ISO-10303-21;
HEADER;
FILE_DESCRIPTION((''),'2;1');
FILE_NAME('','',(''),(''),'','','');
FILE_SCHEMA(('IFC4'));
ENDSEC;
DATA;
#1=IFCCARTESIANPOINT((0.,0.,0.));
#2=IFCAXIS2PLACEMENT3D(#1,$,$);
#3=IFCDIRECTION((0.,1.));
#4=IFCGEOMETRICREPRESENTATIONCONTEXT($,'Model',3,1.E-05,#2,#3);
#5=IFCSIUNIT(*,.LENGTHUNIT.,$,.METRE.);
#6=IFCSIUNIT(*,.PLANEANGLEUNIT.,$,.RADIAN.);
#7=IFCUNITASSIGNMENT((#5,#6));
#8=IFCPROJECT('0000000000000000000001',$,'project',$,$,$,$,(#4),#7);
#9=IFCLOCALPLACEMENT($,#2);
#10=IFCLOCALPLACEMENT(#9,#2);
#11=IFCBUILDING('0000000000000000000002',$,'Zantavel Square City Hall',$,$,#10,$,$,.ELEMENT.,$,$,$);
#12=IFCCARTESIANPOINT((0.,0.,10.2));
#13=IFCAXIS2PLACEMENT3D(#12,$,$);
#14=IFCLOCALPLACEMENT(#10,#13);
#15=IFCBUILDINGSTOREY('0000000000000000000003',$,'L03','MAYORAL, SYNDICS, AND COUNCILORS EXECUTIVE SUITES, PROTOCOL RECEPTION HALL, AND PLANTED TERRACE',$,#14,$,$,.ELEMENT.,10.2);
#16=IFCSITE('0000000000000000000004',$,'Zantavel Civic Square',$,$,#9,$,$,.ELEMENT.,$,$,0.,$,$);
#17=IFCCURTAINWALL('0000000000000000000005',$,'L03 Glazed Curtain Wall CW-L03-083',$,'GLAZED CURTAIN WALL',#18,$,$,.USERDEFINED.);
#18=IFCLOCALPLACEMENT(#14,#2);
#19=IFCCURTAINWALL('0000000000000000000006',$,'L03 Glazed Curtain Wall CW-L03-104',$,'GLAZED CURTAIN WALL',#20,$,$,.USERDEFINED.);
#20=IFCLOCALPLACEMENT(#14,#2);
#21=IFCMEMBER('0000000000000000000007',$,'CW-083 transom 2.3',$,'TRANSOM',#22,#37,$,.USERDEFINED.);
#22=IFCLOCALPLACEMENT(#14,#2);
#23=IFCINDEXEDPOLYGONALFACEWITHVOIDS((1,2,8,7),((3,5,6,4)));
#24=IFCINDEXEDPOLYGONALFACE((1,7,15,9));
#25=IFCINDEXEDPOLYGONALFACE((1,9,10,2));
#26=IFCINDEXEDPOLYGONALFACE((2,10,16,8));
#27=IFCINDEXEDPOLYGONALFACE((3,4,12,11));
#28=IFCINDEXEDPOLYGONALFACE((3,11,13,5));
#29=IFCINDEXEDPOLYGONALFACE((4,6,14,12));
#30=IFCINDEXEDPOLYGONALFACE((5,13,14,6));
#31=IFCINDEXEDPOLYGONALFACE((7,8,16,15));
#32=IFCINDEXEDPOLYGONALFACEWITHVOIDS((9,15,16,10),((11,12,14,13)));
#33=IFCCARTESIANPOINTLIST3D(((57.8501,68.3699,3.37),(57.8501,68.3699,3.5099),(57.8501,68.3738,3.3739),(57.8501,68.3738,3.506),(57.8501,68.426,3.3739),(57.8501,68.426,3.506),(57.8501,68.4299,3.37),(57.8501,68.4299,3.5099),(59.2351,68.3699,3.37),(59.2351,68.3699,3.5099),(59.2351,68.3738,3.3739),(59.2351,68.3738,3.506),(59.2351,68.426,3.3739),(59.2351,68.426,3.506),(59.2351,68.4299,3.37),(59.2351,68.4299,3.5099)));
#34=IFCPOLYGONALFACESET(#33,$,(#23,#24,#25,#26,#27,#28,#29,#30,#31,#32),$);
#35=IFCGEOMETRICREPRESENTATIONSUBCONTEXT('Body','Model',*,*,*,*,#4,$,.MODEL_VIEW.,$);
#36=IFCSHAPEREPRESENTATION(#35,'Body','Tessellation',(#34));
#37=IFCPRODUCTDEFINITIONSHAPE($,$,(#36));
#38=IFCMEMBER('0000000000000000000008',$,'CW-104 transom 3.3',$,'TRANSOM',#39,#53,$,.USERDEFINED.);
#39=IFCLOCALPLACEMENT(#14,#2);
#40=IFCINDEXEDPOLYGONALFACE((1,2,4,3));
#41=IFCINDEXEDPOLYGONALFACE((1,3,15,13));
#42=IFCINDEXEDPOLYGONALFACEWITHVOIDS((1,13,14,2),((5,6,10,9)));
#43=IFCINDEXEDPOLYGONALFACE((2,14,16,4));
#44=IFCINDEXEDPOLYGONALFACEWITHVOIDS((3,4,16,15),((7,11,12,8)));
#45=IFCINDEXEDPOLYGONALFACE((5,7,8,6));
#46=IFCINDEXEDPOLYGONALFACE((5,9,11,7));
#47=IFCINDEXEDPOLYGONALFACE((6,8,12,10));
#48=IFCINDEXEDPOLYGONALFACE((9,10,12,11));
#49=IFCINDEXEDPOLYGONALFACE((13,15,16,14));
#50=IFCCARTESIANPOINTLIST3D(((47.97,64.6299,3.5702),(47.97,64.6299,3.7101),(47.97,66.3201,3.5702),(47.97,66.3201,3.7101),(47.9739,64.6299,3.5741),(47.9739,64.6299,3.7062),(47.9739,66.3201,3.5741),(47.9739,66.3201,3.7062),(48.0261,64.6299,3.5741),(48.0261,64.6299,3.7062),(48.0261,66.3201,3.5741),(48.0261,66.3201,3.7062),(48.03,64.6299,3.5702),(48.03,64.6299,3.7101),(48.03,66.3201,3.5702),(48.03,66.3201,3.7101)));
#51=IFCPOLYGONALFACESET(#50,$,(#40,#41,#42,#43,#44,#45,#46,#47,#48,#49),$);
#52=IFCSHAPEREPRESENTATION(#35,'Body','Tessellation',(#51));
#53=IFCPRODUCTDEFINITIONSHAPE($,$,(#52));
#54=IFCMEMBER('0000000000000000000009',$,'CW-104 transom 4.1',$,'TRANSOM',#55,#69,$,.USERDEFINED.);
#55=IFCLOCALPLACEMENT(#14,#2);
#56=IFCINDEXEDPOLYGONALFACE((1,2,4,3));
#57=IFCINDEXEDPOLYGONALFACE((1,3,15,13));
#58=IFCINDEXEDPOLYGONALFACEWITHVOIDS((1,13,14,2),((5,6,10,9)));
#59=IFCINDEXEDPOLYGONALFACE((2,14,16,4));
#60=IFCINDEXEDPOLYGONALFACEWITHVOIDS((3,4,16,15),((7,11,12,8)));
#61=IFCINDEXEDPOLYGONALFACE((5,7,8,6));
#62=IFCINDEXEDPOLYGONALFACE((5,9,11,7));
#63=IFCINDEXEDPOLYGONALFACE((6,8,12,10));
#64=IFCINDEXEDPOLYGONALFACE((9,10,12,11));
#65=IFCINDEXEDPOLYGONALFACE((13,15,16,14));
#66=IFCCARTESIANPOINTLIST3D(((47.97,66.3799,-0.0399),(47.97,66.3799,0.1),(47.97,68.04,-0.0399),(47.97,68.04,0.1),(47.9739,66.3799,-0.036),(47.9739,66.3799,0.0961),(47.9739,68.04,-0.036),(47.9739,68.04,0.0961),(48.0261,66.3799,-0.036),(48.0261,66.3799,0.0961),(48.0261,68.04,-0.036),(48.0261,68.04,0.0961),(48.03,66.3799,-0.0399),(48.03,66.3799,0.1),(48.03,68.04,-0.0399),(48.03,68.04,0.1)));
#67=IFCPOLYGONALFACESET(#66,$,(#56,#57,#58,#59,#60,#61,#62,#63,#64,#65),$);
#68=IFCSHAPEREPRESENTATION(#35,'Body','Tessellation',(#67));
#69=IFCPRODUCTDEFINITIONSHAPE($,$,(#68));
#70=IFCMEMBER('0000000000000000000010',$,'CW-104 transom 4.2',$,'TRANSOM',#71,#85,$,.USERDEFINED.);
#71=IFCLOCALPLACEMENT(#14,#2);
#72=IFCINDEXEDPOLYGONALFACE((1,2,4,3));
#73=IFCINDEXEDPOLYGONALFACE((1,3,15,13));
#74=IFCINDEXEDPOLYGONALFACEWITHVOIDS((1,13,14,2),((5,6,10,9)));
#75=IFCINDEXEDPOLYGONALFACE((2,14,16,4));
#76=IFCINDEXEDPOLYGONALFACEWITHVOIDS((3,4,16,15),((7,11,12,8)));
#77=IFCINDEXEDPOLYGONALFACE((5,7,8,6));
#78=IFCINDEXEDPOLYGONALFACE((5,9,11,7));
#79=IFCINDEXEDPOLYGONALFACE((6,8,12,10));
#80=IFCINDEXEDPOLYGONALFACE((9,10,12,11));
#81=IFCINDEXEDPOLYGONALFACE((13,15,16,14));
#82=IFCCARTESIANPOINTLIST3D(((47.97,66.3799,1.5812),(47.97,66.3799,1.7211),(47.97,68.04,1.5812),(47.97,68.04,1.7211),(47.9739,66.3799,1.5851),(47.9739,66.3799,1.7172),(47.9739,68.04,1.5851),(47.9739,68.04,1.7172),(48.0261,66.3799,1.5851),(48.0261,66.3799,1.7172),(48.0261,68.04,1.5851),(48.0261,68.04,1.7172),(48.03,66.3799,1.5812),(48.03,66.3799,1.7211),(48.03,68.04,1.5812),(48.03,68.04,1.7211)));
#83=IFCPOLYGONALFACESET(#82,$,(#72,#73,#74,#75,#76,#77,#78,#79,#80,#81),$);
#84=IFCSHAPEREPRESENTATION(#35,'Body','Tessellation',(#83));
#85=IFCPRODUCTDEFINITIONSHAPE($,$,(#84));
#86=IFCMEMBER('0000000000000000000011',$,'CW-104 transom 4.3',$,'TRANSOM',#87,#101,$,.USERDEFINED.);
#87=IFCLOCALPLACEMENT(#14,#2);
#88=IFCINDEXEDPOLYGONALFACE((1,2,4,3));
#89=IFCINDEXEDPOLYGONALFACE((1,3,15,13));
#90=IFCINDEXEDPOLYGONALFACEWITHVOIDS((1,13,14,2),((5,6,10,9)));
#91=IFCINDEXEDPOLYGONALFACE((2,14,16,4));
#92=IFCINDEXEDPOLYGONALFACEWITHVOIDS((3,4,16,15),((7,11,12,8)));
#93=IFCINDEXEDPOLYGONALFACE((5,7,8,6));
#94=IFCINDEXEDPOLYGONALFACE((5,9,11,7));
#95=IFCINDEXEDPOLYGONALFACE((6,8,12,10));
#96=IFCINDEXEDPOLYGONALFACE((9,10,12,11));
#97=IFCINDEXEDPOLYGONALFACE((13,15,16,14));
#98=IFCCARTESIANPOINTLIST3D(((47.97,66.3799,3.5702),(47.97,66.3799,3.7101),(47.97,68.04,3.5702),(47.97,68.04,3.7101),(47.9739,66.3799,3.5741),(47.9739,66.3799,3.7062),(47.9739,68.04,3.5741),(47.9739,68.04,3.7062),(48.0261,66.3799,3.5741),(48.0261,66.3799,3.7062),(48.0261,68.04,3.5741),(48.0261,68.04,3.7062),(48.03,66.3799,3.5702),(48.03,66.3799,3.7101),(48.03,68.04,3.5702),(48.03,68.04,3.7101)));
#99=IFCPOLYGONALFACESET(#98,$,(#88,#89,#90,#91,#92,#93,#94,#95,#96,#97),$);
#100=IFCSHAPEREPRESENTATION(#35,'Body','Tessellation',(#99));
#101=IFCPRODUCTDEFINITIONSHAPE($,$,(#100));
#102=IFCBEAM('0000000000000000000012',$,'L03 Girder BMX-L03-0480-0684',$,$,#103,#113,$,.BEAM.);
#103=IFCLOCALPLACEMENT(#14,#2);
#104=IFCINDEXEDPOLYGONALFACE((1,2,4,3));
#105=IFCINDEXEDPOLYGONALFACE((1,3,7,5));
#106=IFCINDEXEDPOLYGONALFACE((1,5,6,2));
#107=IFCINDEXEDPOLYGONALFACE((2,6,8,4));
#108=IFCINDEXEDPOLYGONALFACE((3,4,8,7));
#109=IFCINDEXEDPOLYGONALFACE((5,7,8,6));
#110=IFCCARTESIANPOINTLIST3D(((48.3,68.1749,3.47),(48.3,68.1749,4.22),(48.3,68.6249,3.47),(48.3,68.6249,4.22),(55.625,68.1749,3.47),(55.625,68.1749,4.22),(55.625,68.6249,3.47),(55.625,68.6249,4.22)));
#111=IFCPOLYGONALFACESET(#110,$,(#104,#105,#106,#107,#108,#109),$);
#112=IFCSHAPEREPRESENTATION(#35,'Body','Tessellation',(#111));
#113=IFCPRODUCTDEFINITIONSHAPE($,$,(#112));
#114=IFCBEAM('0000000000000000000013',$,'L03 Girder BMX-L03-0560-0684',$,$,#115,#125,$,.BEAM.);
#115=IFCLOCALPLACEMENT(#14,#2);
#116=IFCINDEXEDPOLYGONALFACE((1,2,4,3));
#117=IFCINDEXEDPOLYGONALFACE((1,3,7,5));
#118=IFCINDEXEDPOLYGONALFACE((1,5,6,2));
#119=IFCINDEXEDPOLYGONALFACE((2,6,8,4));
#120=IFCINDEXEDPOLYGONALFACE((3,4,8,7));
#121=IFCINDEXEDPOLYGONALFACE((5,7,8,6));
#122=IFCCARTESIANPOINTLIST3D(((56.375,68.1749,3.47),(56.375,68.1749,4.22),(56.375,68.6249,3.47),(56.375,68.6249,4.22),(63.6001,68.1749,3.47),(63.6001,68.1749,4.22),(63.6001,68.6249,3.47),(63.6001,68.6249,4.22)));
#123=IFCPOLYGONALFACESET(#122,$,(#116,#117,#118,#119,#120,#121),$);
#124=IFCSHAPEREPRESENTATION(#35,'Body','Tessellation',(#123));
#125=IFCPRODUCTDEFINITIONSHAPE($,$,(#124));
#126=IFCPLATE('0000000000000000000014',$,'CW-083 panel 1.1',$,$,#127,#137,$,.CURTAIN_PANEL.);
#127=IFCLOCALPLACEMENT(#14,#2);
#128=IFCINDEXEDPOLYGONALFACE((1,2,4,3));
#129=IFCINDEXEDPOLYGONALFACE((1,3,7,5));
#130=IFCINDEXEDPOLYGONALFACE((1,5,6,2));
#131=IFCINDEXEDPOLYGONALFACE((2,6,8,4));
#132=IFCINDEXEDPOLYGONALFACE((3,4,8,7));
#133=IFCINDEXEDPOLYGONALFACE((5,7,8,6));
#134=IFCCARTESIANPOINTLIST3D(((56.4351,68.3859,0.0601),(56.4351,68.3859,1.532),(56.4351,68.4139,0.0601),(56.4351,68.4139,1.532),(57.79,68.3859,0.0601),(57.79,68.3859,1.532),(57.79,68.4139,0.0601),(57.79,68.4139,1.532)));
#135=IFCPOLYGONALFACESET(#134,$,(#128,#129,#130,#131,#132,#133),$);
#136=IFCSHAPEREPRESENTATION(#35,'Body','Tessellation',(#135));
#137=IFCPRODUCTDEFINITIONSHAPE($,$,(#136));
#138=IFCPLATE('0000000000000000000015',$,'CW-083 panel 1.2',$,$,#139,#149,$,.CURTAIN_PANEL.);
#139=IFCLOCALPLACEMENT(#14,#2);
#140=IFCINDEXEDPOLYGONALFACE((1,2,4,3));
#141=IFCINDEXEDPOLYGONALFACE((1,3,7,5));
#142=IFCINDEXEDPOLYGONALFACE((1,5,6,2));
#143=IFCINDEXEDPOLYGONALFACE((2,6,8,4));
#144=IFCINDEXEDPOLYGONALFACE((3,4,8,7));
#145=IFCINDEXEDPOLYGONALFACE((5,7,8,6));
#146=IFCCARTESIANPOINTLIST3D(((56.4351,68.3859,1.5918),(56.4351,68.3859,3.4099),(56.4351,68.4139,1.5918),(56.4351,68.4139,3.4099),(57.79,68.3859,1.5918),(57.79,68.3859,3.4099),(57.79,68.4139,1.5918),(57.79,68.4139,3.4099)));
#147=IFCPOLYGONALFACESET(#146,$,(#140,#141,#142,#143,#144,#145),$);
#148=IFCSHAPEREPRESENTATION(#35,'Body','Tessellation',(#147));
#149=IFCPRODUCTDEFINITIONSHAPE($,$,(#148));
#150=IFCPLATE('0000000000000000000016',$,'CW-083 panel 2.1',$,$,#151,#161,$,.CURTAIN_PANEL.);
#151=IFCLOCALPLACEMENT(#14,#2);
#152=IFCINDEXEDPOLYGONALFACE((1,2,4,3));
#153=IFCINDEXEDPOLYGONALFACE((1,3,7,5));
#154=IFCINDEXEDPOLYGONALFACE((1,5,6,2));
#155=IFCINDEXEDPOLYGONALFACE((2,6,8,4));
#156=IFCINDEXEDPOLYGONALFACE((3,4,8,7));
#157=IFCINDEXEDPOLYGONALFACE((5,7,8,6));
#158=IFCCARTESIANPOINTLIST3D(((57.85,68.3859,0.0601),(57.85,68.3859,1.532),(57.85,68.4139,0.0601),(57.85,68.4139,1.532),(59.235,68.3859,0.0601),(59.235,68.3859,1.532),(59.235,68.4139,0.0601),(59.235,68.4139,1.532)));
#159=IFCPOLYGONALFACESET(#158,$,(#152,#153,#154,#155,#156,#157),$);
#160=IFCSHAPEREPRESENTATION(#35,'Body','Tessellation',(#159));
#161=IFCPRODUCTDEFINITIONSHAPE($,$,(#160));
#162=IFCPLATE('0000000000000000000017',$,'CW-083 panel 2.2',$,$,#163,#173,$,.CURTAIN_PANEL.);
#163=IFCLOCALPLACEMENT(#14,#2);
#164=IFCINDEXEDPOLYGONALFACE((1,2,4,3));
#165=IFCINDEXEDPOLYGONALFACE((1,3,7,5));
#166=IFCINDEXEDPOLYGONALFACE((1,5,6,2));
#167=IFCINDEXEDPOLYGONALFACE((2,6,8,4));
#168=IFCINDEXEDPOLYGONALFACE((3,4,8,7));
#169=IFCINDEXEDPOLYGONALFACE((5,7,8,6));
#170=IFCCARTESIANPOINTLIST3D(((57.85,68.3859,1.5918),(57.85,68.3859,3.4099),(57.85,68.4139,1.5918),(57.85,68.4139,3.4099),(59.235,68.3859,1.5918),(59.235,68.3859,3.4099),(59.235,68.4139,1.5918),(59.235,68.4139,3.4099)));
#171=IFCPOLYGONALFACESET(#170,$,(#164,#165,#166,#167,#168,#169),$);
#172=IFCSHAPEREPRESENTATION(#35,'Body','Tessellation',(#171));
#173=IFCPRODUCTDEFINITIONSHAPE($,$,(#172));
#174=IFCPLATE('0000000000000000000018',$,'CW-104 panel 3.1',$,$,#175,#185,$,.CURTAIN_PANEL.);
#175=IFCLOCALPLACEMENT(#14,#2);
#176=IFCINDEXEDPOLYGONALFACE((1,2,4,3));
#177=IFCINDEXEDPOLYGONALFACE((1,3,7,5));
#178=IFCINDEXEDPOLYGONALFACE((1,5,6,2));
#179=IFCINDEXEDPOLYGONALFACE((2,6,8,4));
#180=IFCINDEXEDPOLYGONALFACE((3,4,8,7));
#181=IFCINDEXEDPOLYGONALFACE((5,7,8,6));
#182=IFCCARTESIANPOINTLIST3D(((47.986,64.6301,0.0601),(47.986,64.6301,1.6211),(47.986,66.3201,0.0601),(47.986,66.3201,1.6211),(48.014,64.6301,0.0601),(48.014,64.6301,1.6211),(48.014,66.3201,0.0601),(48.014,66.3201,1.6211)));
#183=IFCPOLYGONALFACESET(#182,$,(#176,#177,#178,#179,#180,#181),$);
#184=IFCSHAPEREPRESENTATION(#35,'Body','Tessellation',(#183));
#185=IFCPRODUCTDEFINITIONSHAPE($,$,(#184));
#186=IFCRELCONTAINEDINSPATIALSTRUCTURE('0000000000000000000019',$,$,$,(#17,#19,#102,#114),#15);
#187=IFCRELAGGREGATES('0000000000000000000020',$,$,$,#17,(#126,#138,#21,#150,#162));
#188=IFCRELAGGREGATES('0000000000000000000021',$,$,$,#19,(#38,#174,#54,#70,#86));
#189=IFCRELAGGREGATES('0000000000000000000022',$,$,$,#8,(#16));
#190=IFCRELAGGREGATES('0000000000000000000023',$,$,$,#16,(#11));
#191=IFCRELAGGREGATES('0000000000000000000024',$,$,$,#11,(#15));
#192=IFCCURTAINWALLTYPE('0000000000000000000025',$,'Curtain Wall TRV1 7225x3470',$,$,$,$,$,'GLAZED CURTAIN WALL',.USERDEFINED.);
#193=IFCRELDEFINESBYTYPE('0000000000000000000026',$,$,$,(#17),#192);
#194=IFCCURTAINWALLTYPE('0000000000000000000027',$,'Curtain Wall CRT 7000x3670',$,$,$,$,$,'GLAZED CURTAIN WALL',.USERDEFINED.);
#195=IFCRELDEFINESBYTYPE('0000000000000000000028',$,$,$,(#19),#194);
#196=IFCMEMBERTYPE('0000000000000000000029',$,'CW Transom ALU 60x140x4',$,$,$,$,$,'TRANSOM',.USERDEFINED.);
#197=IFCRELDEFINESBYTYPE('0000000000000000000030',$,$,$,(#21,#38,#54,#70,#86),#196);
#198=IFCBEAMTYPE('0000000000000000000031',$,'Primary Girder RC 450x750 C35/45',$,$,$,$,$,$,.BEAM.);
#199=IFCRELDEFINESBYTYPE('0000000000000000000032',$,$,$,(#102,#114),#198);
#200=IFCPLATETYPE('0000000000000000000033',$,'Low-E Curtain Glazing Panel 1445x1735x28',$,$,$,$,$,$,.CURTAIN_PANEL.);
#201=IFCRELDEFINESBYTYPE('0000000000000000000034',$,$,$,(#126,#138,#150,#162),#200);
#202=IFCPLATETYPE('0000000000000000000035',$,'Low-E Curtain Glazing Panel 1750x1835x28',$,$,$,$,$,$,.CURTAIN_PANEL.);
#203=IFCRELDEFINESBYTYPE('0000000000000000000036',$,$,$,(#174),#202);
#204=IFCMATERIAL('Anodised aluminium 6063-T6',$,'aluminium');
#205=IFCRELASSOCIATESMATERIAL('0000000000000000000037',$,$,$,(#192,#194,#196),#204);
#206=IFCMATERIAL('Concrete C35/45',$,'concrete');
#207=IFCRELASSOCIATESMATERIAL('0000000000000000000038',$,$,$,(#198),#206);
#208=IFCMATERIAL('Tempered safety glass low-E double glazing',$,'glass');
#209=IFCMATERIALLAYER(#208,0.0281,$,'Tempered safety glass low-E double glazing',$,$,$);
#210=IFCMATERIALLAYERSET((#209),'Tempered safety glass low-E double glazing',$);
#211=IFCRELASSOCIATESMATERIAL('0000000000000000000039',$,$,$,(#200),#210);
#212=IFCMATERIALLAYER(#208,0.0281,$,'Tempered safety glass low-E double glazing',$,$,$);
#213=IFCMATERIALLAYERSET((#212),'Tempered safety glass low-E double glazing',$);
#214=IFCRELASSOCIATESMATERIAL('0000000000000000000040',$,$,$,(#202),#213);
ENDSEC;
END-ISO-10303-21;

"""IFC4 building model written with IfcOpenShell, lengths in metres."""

from ifc_helpers import new_model, si_unit, direction, frame, origin, origin_2d, place, context, subcontext, project, spatial, rectangle, hollow_rectangle, extrude, material, layer, layer_set, material_profile, profile_set, type_object, element, aggregate, save


model = new_model("IFC4")

# Units and contexts
model_context = context("Model", 3, precision=1e-05, world=origin(), true_north=direction((0.0, 1.0)))
body_context = subcontext(model_context, "Body", "Model", "MODEL_VIEW")
ifc_project = project(units=[si_unit("LENGTHUNIT", "METRE"), si_unit("PLANEANGLEUNIT", "RADIAN")], contexts=[model_context])

# Site, building, storey
site_placement = place(None, origin())
site = spatial("IfcSite", under=ifc_project, at=site_placement, Name="Zantavel Civic Square", CompositionType="ELEMENT", RefElevation=0.0)
building_placement = place(site_placement, origin())
building = spatial("IfcBuilding", under=site, at=building_placement, Name="Zantavel Square City Hall", CompositionType="ELEMENT")
storey_placement = place(building_placement, frame((0.0, 0.0, 10.2)))
storey = spatial("IfcBuildingStorey", under=building, at=storey_placement, Name="L03", Description="MAYORAL, SYNDICS, AND COUNCILORS EXECUTIVE SUITES, PROTOCOL RECEPTION HALL, AND PLANTED TERRACE", CompositionType="ELEMENT", Elevation=10.2)

# Curtain walls
ifc_material_1 = material(Name="Anodised aluminium 6063-T6", Category="aluminium")
curtain_wall_type_1 = type_object("IfcCurtainWallType", Name="Curtain Wall TRV1 7225x3470", ElementType="GLAZED CURTAIN WALL", PredefinedType="USERDEFINED", material=ifc_material_1)
curtain_wall_1_placement = place(storey_placement, origin())
curtain_wall_1 = element("IfcCurtainWall", 1, at=curtain_wall_1_placement, inside=storey, type_object=curtain_wall_type_1, Name="L03 Glazed Curtain Wall CW-L03-083", ObjectType="GLAZED CURTAIN WALL", PredefinedType="USERDEFINED")
curtain_wall_type_2 = type_object("IfcCurtainWallType", Name="Curtain Wall CRT 7000x3670", ElementType="GLAZED CURTAIN WALL", PredefinedType="USERDEFINED", material=ifc_material_1)
curtain_wall_2_placement = place(storey_placement, origin())
curtain_wall_2 = element("IfcCurtainWall", 2, at=curtain_wall_2_placement, inside=storey, type_object=curtain_wall_type_2, Name="L03 Glazed Curtain Wall CW-L03-104", ObjectType="GLAZED CURTAIN WALL", PredefinedType="USERDEFINED")

# Members
ifc_material_profile_1 = material_profile(ifc_material_1, hollow_rectangle(XDim=0.0601, YDim=0.1399, WallThickness=0.0039, at=origin_2d()), Name="ALU 60x140x4")
ifc_profile_set_1 = profile_set([ifc_material_profile_1], Name="Anodised aluminium 6063-T6")
member_type_1 = type_object("IfcMemberType", Name="CW Transom ALU 60x140x4", ElementType="TRANSOM", PredefinedType="USERDEFINED", material=ifc_profile_set_1)
member_1_placement = place(storey_placement, frame((57.8501, 68.3999, 3.4399), z_axis=(1.0, 0.0, 0.0), x_axis=(0.0, 1.0, 0.0)))
member_1 = element("IfcMember", 3, at=member_1_placement, type_object=member_type_1, Name="CW-083 transom 2.3", ObjectType="TRANSOM", PredefinedType="USERDEFINED", context=body_context, shape_type="SweptSolid", body=[
    extrude(hollow_rectangle(XDim=0.0601, YDim=0.1399, WallThickness=0.0039, at=origin_2d()), origin(), (0.0, 0.0, 1.0), 1.385),
])
member_2_placement = place(storey_placement, frame((48.0, 64.6299, 3.6401), z_axis=(0.0, 1.0, 0.0), x_axis=(-1.0, 0.0, 0.0)))
member_2 = element("IfcMember", 4, at=member_2_placement, type_object=member_type_1, Name="CW-104 transom 3.3", ObjectType="TRANSOM", PredefinedType="USERDEFINED", context=body_context, shape_type="SweptSolid", body=[
    extrude(hollow_rectangle(XDim=0.0601, YDim=0.1399, WallThickness=0.0039, at=origin_2d()), origin(), (0.0, 0.0, 1.0), 1.6902),
])
member_3_placement = place(storey_placement, frame((48.0, 66.3799, 0.03), z_axis=(0.0, 1.0, 0.0), x_axis=(-1.0, 0.0, 0.0)))
member_3 = element("IfcMember", 5, at=member_3_placement, type_object=member_type_1, Name="CW-104 transom 4.1", ObjectType="TRANSOM", PredefinedType="USERDEFINED", context=body_context, shape_type="SweptSolid", body=[
    extrude(hollow_rectangle(XDim=0.0601, YDim=0.1399, WallThickness=0.0039, at=origin_2d()), origin(), (0.0, 0.0, 1.0), 1.6602),
])
member_4_placement = place(storey_placement, frame((48.0, 66.3799, 1.6511), z_axis=(0.0, 1.0, 0.0), x_axis=(-1.0, 0.0, 0.0)))
member_4 = element("IfcMember", 6, at=member_4_placement, type_object=member_type_1, Name="CW-104 transom 4.2", ObjectType="TRANSOM", PredefinedType="USERDEFINED", context=body_context, shape_type="SweptSolid", body=[
    extrude(hollow_rectangle(XDim=0.0601, YDim=0.1399, WallThickness=0.0039, at=origin_2d()), origin(), (0.0, 0.0, 1.0), 1.6602),
])
member_5_placement = place(storey_placement, frame((48.0, 66.3799, 3.6401), z_axis=(0.0, 1.0, 0.0), x_axis=(-1.0, 0.0, 0.0)))
member_5 = element("IfcMember", 7, at=member_5_placement, type_object=member_type_1, Name="CW-104 transom 4.3", ObjectType="TRANSOM", PredefinedType="USERDEFINED", context=body_context, shape_type="SweptSolid", body=[
    extrude(hollow_rectangle(XDim=0.0601, YDim=0.1399, WallThickness=0.0039, at=origin_2d()), origin(), (0.0, 0.0, 1.0), 1.6602),
])

# Beams
ifc_material_2 = material(Name="Concrete C35/45", Category="concrete")
ifc_material_profile_2 = material_profile(ifc_material_2, rectangle(XDim=0.45, YDim=0.75, at=origin_2d()), Name="RC 450x750")
ifc_profile_set_2 = profile_set([ifc_material_profile_2], Name="Concrete C35/45")
beam_type = type_object("IfcBeamType", Name="Primary Girder RC 450x750 C35/45", PredefinedType="BEAM", material=ifc_profile_set_2)
beam_1_placement = place(storey_placement, frame((48.3, 68.3999, 3.845), z_axis=(1.0, 0.0, 0.0), x_axis=(0.0, 1.0, 0.0)))
element("IfcBeam", 8, at=beam_1_placement, inside=storey, type_object=beam_type, Name="L03 Girder BMX-L03-0480-0684", PredefinedType="BEAM", context=body_context, shape_type="SweptSolid", body=[
    extrude(rectangle(XDim=0.45, YDim=0.75, at=origin_2d()), origin(), (0.0, 0.0, 1.0), 7.325),
])
beam_2_placement = place(storey_placement, frame((56.375, 68.3999, 3.845), z_axis=(1.0, 0.0, 0.0), x_axis=(0.0, 1.0, 0.0)))
element("IfcBeam", 9, at=beam_2_placement, inside=storey, type_object=beam_type, Name="L03 Girder BMX-L03-0560-0684", PredefinedType="BEAM", context=body_context, shape_type="SweptSolid", body=[
    extrude(rectangle(XDim=0.45, YDim=0.75, at=origin_2d()), origin(), (0.0, 0.0, 1.0), 7.2251),
])

# Plates
ifc_material_3 = material(Name="Tempered safety glass low-E double glazing", Category="glass")
ifc_layer_1 = layer(ifc_material_3, 0.0281, Name="Tempered safety glass low-E double glazing")
ifc_layer_set_1 = layer_set([ifc_layer_1], Name="Tempered safety glass low-E double glazing")
plate_type_1 = type_object("IfcPlateType", Name="Low-E Curtain Glazing Panel 1445x1735x28", PredefinedType="CURTAIN_PANEL", material=ifc_layer_set_1)
plate_1_placement = place(storey_placement, frame((57.1125, 68.3999, 0.0601), z_axis=(0.0, 0.0, 1.0), x_axis=(1.0, 0.0, 0.0)))
plate_1 = element("IfcPlate", 10, at=plate_1_placement, type_object=plate_type_1, Name="CW-083 panel 1.1", PredefinedType="CURTAIN_PANEL", context=body_context, shape_type="SweptSolid", body=[
    extrude(rectangle(XDim=1.355, YDim=0.0281, at=origin_2d()), origin(), (0.0, 0.0, 1.0), 1.4719),
])
plate_2_placement = place(storey_placement, frame((57.1125, 68.3999, 1.5918), z_axis=(0.0, 0.0, 1.0), x_axis=(1.0, 0.0, 0.0)))
plate_2 = element("IfcPlate", 11, at=plate_2_placement, type_object=plate_type_1, Name="CW-083 panel 1.2", PredefinedType="CURTAIN_PANEL", context=body_context, shape_type="SweptSolid", body=[
    extrude(rectangle(XDim=1.355, YDim=0.0281, at=origin_2d()), origin(), (0.0, 0.0, 1.0), 1.8181),
])
plate_3_placement = place(storey_placement, frame((58.5425, 68.3999, 0.0601), z_axis=(0.0, 0.0, 1.0), x_axis=(1.0, 0.0, 0.0)))
plate_3 = element("IfcPlate", 12, at=plate_3_placement, type_object=plate_type_1, Name="CW-083 panel 2.1", PredefinedType="CURTAIN_PANEL", context=body_context, shape_type="SweptSolid", body=[
    extrude(rectangle(XDim=1.385, YDim=0.0281, at=origin_2d()), origin(), (0.0, 0.0, 1.0), 1.4719),
])
plate_4_placement = place(storey_placement, frame((58.5425, 68.3999, 1.5918), z_axis=(0.0, 0.0, 1.0), x_axis=(1.0, 0.0, 0.0)))
plate_4 = element("IfcPlate", 13, at=plate_4_placement, type_object=plate_type_1, Name="CW-083 panel 2.2", PredefinedType="CURTAIN_PANEL", context=body_context, shape_type="SweptSolid", body=[
    extrude(rectangle(XDim=1.385, YDim=0.0281, at=origin_2d()), origin(), (0.0, 0.0, 1.0), 1.8181),
])
aggregate(curtain_wall_1, [plate_1, plate_2, member_1, plate_3, plate_4])
ifc_layer_2 = layer(ifc_material_3, 0.0281, Name="Tempered safety glass low-E double glazing")
ifc_layer_set_2 = layer_set([ifc_layer_2], Name="Tempered safety glass low-E double glazing")
plate_type_2 = type_object("IfcPlateType", Name="Low-E Curtain Glazing Panel 1750x1835x28", PredefinedType="CURTAIN_PANEL", material=ifc_layer_set_2)
plate_5_placement = place(storey_placement, frame((48.0, 65.4751, 0.0601), z_axis=(0.0, 0.0, 1.0), x_axis=(0.0, 1.0, 0.0)))
plate_5 = element("IfcPlate", 14, at=plate_5_placement, type_object=plate_type_2, Name="CW-104 panel 3.1", PredefinedType="CURTAIN_PANEL", context=body_context, shape_type="SweptSolid", body=[
    extrude(rectangle(XDim=1.6899, YDim=0.0281, at=origin_2d()), origin(), (0.0, 0.0, 1.0), 1.561),
])
aggregate(curtain_wall_2, [member_2, plate_5, member_3, member_4, member_5])

save(model, "model.ifc")
